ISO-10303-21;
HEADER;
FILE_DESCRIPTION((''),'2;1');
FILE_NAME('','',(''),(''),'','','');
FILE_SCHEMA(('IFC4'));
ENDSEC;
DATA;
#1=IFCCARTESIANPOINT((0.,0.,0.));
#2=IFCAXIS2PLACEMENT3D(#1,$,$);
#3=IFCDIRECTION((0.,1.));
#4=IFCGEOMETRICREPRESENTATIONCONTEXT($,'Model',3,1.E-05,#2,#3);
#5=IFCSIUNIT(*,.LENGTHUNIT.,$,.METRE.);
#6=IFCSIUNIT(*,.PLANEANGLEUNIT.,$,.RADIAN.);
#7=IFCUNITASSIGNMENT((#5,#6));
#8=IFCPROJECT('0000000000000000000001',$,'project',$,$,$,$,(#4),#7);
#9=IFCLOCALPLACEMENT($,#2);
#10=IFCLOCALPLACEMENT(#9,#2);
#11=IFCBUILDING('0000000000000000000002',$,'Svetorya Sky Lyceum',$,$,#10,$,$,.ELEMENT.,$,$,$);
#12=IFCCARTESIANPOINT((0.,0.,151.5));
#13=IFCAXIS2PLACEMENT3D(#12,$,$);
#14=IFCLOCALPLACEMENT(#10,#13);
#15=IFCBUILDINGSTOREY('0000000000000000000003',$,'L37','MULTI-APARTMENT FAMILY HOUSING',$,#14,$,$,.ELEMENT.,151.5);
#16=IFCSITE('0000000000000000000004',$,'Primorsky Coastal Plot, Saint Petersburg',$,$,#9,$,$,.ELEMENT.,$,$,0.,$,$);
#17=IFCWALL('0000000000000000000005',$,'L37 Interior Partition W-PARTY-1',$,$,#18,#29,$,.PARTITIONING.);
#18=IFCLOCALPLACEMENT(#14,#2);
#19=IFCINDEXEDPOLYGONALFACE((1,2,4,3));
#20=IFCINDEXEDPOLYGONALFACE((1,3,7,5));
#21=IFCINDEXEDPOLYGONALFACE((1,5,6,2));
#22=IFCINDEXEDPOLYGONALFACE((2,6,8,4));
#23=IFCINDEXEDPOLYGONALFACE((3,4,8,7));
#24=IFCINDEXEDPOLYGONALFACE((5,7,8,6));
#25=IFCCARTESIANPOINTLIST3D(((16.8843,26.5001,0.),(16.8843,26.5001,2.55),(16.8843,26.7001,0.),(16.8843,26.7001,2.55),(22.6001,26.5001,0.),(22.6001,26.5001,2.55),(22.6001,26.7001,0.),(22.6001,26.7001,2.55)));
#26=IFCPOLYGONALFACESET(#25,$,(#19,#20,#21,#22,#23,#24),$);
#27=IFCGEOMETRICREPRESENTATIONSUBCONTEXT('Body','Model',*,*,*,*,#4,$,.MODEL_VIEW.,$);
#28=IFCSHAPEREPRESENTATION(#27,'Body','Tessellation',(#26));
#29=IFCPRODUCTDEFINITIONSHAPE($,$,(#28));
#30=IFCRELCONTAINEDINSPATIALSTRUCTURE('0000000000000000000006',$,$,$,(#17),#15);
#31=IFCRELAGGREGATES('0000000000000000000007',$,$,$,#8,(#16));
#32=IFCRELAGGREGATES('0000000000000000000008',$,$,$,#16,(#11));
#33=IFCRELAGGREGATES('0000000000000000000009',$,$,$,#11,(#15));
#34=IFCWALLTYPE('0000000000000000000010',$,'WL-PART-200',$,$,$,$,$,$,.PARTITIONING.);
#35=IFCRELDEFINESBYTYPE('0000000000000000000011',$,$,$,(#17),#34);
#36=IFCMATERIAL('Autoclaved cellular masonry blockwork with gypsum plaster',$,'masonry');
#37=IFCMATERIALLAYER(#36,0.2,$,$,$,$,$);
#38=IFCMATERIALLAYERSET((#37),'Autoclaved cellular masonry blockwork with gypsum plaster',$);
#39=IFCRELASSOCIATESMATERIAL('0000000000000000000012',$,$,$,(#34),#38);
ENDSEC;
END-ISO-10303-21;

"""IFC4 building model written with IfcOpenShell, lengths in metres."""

from ifc_helpers import new_model, si_unit, direction, frame, frame_2d, origin, place, context, subcontext, project, spatial, rectangle, extrude, material, layer, layer_set, type_object, element, save


model = new_model("IFC4")

# Units and contexts
model_context = context("Model", 3, precision=1e-05, world=origin(), true_north=direction((0.0, 1.0)))
body_context = subcontext(model_context, "Body", "Model", "MODEL_VIEW")
ifc_project = project(units=[si_unit("LENGTHUNIT", "METRE"), si_unit("PLANEANGLEUNIT", "RADIAN")], contexts=[model_context])

# Site, building, storey
site_placement = place(None, origin())
site = spatial("IfcSite", under=ifc_project, at=site_placement, Name="Primorsky Coastal Plot, Saint Petersburg", CompositionType="ELEMENT", RefElevation=0.0)
building_placement = place(site_placement, origin())
building = spatial("IfcBuilding", under=site, at=building_placement, Name="Svetorya Sky Lyceum", CompositionType="ELEMENT")
storey_placement = place(building_placement, frame((0.0, 0.0, 151.5)))
storey = spatial("IfcBuildingStorey", under=building, at=storey_placement, Name="L37", Description="MULTI-APARTMENT FAMILY HOUSING", CompositionType="ELEMENT", Elevation=151.5)

# Wall
ifc_material_1 = material(Name="Autoclaved cellular masonry blockwork with gypsum plaster", Category="masonry")
ifc_layer_1 = layer(ifc_material_1, 0.2)
ifc_layer_set_1 = layer_set([ifc_layer_1], Name="Autoclaved cellular masonry blockwork with gypsum plaster")
wall_type_1 = type_object("IfcWallType", Name="WL-PART-200", PredefinedType="PARTITIONING", material=ifc_layer_set_1)
wall_1_placement = place(storey_placement, frame((16.8843, 26.6001, 0.0), z_axis=(0.0, 0.0, 1.0), x_axis=(1.0, 0.0, 0.0)))
element("IfcWall", 1, at=wall_1_placement, inside=storey, type_object=wall_type_1, Name="L37 Interior Partition W-PARTY-1", PredefinedType="PARTITIONING", context=body_context, shape_type="SweptSolid", body=[
    extrude(rectangle(XDim=5.7158, YDim=0.2, at=frame_2d((2.8579, 0.0))), origin(), (0.0, 0.0, 1.0), 2.55),
])

save(model, "model.ifc")
